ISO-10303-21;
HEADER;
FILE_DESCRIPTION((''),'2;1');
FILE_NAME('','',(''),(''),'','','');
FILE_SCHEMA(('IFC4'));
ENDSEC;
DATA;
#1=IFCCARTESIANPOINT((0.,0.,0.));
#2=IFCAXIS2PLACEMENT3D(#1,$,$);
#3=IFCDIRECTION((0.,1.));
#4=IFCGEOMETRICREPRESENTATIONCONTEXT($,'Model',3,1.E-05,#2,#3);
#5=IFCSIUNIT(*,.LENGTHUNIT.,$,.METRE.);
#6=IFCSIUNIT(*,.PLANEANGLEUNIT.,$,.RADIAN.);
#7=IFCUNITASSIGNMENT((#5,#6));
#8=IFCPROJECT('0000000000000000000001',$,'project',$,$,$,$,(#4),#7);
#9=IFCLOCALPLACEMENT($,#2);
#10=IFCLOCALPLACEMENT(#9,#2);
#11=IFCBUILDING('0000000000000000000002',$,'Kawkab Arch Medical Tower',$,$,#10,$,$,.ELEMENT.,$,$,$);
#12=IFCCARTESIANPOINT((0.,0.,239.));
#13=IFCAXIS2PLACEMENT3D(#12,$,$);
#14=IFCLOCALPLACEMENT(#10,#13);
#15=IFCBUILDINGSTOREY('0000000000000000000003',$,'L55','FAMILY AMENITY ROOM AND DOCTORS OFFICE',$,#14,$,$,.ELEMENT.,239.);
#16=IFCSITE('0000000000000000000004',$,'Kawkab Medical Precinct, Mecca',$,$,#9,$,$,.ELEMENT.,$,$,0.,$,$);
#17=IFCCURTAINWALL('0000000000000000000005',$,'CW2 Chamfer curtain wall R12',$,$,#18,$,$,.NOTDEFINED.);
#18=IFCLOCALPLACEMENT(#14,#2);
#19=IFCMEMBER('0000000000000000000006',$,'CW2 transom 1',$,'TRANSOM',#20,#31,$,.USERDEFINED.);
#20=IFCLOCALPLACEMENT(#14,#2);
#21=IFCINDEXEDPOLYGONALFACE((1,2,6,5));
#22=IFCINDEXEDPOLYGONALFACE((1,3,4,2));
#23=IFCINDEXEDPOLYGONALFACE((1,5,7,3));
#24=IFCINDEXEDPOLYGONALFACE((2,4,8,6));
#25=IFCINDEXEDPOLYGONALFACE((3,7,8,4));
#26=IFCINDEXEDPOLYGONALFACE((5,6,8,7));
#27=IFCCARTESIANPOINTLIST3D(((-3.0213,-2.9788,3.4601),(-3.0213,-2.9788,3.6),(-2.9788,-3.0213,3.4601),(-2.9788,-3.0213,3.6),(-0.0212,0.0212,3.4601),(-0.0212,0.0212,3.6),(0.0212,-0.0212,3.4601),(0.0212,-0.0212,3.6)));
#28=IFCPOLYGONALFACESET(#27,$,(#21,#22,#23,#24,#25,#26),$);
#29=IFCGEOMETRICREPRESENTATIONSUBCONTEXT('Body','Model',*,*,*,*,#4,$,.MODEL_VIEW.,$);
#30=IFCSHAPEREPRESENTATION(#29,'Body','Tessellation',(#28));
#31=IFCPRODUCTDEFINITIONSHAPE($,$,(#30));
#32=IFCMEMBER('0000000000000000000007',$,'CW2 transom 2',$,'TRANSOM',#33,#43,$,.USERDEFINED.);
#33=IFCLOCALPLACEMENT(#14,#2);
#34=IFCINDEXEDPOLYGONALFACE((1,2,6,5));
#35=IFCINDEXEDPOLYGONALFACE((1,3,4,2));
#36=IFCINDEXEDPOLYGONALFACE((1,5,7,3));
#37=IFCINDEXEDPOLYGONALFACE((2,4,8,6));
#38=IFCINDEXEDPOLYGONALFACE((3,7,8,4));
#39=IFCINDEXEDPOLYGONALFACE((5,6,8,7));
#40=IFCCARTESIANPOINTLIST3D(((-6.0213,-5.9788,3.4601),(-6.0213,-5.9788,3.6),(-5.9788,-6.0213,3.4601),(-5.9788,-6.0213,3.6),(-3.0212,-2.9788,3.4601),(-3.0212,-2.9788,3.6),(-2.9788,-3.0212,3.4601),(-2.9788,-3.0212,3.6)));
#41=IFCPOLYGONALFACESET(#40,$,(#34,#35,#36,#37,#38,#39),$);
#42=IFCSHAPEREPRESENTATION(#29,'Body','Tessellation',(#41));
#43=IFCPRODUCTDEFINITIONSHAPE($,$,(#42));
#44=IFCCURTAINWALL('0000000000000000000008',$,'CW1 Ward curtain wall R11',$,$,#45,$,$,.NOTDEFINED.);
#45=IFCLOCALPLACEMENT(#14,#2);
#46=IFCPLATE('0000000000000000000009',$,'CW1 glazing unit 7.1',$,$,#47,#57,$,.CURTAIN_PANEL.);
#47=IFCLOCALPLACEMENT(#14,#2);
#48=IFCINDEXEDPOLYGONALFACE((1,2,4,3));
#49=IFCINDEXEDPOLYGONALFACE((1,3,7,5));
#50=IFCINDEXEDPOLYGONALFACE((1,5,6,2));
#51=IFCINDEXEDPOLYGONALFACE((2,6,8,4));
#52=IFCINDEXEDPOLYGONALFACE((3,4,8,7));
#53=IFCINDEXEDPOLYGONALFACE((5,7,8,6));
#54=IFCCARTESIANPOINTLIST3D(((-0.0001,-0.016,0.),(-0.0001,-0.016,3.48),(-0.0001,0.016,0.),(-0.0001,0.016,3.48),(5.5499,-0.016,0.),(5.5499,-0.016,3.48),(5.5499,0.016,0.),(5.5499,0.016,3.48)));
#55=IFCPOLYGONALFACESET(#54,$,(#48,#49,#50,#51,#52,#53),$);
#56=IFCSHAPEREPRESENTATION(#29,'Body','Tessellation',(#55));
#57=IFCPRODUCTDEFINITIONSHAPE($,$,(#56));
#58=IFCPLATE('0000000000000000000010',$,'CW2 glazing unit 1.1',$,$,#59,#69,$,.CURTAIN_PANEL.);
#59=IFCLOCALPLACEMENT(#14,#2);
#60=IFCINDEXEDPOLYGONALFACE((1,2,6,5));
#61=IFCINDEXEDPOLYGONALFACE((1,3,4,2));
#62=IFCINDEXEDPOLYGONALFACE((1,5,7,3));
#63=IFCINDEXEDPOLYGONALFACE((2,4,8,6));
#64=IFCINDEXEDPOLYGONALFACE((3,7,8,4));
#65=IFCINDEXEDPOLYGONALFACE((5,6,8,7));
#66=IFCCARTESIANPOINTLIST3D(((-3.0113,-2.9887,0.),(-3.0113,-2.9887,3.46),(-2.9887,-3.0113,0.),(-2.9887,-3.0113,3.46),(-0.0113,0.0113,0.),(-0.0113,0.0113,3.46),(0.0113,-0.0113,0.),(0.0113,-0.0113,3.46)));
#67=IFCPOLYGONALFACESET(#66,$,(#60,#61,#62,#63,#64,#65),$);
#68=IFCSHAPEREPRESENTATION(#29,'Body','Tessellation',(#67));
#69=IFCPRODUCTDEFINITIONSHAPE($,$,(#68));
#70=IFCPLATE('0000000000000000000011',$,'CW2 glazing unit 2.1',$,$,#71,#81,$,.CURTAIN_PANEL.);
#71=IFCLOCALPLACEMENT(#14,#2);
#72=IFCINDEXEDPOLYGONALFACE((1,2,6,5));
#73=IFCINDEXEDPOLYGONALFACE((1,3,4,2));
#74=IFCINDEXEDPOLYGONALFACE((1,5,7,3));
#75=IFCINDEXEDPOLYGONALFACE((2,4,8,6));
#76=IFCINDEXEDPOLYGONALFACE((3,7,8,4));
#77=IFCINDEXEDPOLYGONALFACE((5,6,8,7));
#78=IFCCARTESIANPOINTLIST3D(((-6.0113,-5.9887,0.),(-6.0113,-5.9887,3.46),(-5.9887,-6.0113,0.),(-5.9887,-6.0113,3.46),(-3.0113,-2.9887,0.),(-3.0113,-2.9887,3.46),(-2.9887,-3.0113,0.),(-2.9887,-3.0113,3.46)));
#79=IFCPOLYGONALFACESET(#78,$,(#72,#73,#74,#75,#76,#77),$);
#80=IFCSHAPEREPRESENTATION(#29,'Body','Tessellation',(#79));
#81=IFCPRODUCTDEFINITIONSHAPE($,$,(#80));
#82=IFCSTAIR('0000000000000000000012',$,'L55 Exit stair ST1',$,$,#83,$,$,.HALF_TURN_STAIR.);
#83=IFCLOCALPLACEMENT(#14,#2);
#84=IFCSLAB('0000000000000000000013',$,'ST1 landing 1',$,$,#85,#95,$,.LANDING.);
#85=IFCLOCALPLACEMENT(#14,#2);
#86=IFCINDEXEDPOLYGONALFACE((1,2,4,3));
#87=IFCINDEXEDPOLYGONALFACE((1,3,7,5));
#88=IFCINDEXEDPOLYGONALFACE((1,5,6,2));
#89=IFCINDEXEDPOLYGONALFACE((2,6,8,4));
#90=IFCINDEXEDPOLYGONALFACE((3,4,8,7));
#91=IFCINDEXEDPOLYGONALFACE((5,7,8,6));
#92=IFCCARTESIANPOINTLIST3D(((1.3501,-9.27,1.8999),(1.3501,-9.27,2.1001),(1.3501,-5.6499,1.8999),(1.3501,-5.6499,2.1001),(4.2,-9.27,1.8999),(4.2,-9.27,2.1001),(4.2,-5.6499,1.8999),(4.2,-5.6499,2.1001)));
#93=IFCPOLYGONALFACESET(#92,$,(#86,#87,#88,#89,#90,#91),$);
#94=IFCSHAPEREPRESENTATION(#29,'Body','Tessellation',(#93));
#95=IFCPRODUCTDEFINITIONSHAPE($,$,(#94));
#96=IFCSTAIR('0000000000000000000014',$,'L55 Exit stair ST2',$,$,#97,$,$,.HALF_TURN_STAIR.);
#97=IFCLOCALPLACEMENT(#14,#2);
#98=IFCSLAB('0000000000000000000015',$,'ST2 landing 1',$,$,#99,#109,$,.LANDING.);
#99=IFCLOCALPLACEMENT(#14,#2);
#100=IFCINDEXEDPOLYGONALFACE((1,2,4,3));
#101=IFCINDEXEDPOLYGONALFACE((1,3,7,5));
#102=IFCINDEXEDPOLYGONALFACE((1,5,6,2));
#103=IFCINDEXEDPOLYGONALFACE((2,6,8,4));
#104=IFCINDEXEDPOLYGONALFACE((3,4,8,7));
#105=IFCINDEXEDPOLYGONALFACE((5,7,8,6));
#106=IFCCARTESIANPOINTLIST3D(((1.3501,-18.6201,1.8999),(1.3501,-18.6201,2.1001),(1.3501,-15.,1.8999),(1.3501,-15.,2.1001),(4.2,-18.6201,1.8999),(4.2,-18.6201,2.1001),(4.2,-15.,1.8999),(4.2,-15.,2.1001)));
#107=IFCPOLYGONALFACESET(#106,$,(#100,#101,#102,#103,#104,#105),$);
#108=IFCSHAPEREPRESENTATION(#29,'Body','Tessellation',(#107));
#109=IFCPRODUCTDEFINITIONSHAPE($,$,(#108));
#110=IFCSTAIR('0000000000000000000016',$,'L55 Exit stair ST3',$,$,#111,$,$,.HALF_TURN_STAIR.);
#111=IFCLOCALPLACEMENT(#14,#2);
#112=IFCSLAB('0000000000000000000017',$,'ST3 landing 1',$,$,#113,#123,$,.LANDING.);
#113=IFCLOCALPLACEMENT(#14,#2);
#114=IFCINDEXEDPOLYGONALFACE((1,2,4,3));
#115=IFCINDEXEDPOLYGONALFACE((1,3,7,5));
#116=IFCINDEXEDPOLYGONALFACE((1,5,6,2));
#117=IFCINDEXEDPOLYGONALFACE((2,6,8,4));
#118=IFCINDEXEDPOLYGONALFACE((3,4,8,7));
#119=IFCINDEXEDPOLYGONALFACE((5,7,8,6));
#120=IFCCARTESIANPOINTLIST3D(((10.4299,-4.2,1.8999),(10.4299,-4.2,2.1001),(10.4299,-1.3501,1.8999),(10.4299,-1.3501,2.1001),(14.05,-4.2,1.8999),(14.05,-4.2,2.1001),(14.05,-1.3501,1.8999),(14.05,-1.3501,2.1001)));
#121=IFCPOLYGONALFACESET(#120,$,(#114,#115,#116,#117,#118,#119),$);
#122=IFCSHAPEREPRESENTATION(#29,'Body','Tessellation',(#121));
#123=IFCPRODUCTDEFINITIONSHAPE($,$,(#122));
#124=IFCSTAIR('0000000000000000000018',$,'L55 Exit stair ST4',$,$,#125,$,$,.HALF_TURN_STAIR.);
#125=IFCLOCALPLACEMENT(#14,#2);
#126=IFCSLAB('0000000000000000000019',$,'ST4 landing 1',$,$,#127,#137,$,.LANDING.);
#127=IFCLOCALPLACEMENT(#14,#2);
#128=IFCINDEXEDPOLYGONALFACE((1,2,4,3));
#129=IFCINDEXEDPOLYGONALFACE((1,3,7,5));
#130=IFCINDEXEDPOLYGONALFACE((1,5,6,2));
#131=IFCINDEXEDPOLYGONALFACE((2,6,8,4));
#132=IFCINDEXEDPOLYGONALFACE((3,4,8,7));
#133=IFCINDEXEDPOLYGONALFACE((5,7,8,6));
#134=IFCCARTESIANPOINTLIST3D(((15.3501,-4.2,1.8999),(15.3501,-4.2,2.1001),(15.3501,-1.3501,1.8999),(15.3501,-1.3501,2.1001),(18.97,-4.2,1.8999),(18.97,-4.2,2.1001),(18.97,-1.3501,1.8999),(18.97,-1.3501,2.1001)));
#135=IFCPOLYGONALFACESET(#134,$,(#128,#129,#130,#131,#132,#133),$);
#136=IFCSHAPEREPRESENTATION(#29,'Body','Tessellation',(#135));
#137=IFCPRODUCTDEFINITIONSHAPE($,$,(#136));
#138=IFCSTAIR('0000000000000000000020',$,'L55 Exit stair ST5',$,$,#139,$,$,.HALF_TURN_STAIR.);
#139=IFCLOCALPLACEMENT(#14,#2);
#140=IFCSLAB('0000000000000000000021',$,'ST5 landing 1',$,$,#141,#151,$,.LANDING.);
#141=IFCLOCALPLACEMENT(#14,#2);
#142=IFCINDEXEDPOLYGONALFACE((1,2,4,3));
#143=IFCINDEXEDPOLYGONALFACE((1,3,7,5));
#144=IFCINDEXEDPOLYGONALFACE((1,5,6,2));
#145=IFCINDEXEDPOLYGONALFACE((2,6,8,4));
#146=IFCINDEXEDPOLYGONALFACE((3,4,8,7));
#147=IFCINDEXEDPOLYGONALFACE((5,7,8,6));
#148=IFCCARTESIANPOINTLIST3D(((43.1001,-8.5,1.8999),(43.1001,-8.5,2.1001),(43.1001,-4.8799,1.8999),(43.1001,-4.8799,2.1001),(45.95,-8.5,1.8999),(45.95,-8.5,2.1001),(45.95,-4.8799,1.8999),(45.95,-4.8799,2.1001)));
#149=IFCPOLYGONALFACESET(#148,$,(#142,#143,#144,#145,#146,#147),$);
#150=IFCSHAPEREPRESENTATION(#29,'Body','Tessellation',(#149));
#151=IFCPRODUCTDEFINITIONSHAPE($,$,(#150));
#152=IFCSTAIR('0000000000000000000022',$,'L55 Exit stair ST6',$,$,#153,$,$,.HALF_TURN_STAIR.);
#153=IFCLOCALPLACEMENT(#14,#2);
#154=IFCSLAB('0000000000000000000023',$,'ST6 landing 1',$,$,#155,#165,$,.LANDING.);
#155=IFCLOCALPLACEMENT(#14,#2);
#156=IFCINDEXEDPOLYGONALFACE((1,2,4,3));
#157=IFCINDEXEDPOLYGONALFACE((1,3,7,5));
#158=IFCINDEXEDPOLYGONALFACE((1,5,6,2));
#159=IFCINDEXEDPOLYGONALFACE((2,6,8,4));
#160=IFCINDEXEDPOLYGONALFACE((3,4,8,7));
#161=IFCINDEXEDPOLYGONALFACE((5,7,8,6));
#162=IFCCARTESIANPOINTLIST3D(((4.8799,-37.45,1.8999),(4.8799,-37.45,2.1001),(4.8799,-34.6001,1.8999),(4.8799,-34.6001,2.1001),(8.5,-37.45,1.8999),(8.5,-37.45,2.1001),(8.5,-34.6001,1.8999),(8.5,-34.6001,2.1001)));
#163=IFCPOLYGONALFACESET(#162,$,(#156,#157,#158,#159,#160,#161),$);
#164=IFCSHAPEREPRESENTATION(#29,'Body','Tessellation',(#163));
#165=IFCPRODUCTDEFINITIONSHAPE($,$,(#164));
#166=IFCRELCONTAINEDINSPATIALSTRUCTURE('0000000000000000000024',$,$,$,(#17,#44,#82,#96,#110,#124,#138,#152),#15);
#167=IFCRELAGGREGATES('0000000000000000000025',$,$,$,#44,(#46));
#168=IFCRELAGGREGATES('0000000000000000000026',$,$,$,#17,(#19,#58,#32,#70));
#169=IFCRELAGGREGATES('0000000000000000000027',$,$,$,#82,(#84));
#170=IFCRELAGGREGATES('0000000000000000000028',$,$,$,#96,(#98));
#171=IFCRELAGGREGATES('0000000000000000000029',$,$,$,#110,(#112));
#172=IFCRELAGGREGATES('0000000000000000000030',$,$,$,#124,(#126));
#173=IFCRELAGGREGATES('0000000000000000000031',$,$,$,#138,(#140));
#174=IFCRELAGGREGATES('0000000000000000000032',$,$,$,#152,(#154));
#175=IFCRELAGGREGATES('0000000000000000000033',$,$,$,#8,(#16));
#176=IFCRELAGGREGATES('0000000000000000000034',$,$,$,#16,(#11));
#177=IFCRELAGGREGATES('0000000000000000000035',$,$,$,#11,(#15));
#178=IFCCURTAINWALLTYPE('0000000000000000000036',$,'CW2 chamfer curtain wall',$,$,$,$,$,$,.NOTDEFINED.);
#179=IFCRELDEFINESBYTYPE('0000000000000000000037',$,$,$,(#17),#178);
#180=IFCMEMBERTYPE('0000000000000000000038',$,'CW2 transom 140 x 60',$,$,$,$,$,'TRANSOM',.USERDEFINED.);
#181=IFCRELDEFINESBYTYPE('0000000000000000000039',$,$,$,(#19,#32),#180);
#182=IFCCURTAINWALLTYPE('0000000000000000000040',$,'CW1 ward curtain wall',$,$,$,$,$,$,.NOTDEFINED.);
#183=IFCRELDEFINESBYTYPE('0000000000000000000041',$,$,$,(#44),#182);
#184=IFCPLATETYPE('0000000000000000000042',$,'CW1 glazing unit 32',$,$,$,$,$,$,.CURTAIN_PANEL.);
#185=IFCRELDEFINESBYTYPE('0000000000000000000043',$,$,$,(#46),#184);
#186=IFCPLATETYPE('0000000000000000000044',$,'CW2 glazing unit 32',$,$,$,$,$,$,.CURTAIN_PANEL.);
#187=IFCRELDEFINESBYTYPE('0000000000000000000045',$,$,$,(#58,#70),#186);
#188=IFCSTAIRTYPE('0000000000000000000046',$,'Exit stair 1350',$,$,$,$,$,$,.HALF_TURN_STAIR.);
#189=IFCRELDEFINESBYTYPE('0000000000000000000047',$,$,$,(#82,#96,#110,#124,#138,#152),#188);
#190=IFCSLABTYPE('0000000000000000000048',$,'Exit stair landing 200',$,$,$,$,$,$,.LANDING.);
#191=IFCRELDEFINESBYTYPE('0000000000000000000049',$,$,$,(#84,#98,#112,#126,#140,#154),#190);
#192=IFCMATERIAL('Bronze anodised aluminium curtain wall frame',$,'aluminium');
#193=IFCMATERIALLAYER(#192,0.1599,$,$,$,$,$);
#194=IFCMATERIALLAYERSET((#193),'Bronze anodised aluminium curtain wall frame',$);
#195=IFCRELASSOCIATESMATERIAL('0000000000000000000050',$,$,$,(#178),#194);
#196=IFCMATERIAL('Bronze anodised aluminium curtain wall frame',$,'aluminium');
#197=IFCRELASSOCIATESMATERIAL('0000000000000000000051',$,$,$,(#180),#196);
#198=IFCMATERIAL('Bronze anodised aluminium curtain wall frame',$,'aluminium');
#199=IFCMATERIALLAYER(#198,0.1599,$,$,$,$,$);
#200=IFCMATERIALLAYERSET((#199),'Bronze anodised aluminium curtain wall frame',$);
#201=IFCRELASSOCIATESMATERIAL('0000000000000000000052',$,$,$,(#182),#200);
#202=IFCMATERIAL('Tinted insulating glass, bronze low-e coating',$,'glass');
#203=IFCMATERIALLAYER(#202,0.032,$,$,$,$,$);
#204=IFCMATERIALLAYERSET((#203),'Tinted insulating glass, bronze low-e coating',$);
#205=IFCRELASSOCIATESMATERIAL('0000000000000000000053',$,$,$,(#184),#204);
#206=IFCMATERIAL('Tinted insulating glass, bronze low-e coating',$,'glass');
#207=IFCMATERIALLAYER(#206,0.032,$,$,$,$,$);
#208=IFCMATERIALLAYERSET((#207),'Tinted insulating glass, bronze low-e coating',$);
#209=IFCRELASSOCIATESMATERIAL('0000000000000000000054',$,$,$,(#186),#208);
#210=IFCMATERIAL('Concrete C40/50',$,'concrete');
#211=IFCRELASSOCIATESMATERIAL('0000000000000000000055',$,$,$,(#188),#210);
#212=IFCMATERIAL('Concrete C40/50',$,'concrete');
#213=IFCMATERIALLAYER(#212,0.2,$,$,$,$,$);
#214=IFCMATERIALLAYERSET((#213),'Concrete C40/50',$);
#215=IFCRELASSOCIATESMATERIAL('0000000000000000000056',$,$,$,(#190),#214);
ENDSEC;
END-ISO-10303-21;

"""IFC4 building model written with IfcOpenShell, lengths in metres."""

from ifc_helpers import new_model, si_unit, direction, frame, origin, origin_2d, place, context, subcontext, project, spatial, polyline, rectangle, outline, extrude, material, layer, layer_set, material_profile, profile_set, type_object, element, aggregate, save


model = new_model("IFC4")

# Units and contexts
model_context = context("Model", 3, precision=1e-05, world=origin(), true_north=direction((0.0, 1.0)))
body_context = subcontext(model_context, "Body", "Model", "MODEL_VIEW")
ifc_project = project(units=[si_unit("LENGTHUNIT", "METRE"), si_unit("PLANEANGLEUNIT", "RADIAN")], contexts=[model_context])

# Site, building, storey
site_placement = place(None, origin())
site = spatial("IfcSite", under=ifc_project, at=site_placement, Name="Kawkab Medical Precinct, Mecca", CompositionType="ELEMENT", RefElevation=0.0)
building_placement = place(site_placement, origin())
building = spatial("IfcBuilding", under=site, at=building_placement, Name="Kawkab Arch Medical Tower", CompositionType="ELEMENT")
storey_placement = place(building_placement, frame((0.0, 0.0, 239.0)))
storey = spatial("IfcBuildingStorey", under=building, at=storey_placement, Name="L55", Description="FAMILY AMENITY ROOM AND DOCTORS OFFICE", CompositionType="ELEMENT", Elevation=239.0)

# Curtain wall, members
ifc_material_1 = material(Name="Bronze anodised aluminium curtain wall frame", Category="aluminium")
ifc_layer_1 = layer(ifc_material_1, 0.1599)
ifc_layer_set_1 = layer_set([ifc_layer_1], Name="Bronze anodised aluminium curtain wall frame")
curtain_wall_type_1 = type_object("IfcCurtainWallType", Name="CW2 chamfer curtain wall", PredefinedType="NOTDEFINED", material=ifc_layer_set_1)
placement_1 = place(storey_placement, origin())
curtain_wall_1 = element("IfcCurtainWall", 1, at=placement_1, inside=storey, type_object=curtain_wall_type_1, Name="CW2 Chamfer curtain wall R12", PredefinedType="NOTDEFINED")
ifc_material_2 = material(Name="Bronze anodised aluminium curtain wall frame", Category="aluminium")
ifc_material_profile_1 = material_profile(ifc_material_2, rectangle(XDim=0.0601, YDim=0.1399, at=origin_2d()), Name="AL 60x140")
ifc_profile_set_1 = profile_set([ifc_material_profile_1], Name="Bronze anodised aluminium curtain wall frame")
member_type = type_object("IfcMemberType", Name="CW2 transom 140 x 60", ElementType="TRANSOM", PredefinedType="USERDEFINED", material=ifc_profile_set_1)
member_1_placement = place(storey_placement, frame((0.0, 0.0, 3.53), z_axis=(-0.707107, -0.707107, 0.0), x_axis=(0.707107, -0.707107, 0.0)))
member_1 = element("IfcMember", 2, at=member_1_placement, type_object=member_type, Name="CW2 transom 1", ObjectType="TRANSOM", PredefinedType="USERDEFINED", context=body_context, shape_type="SweptSolid", body=[
    extrude(rectangle(XDim=0.0601, YDim=0.1399, at=origin_2d()), origin(), (0.0, 0.0, 1.0), 4.2427),
])
member_2_placement = place(storey_placement, frame((-3.0, -3.0, 3.53), z_axis=(-0.707107, -0.707107, 0.0), x_axis=(0.707107, -0.707107, 0.0)))
member_2 = element("IfcMember", 3, at=member_2_placement, type_object=member_type, Name="CW2 transom 2", ObjectType="TRANSOM", PredefinedType="USERDEFINED", context=body_context, shape_type="SweptSolid", body=[
    extrude(rectangle(XDim=0.0601, YDim=0.1399, at=origin_2d()), origin(), (0.0, 0.0, 1.0), 4.2427),
])

# Curtain wall, plate
ifc_material_3 = material(Name="Bronze anodised aluminium curtain wall frame", Category="aluminium")
ifc_layer_2 = layer(ifc_material_3, 0.1599)
ifc_layer_set_2 = layer_set([ifc_layer_2], Name="Bronze anodised aluminium curtain wall frame")
curtain_wall_type_2 = type_object("IfcCurtainWallType", Name="CW1 ward curtain wall", PredefinedType="NOTDEFINED", material=ifc_layer_set_2)
curtain_wall_2 = element("IfcCurtainWall", 4, at=placement_1, inside=storey, type_object=curtain_wall_type_2, Name="CW1 Ward curtain wall R11", PredefinedType="NOTDEFINED")
ifc_material_4 = material(Name="Tinted insulating glass, bronze low-e coating", Category="glass")
ifc_layer_3 = layer(ifc_material_4, 0.032)
ifc_layer_set_3 = layer_set([ifc_layer_3], Name="Tinted insulating glass, bronze low-e coating")
plate_type_1 = type_object("IfcPlateType", Name="CW1 glazing unit 32", PredefinedType="CURTAIN_PANEL", material=ifc_layer_set_3)
plate_1_placement = place(storey_placement, frame((2.7749, 0.0, 0.0), z_axis=(0.0, 0.0, 1.0), x_axis=(-1.0, 0.0, 0.0)))
plate_1 = element("IfcPlate", 5, at=plate_1_placement, type_object=plate_type_1, Name="CW1 glazing unit 7.1", PredefinedType="CURTAIN_PANEL", context=body_context, shape_type="SweptSolid", body=[
    extrude(rectangle(XDim=5.55, YDim=0.032, at=origin_2d()), origin(), (0.0, 0.0, 1.0), 3.48),
])
aggregate(curtain_wall_2, [plate_1])

# Plates
ifc_material_5 = material(Name="Tinted insulating glass, bronze low-e coating", Category="glass")
ifc_layer_4 = layer(ifc_material_5, 0.032)
ifc_layer_set_4 = layer_set([ifc_layer_4], Name="Tinted insulating glass, bronze low-e coating")
plate_type_2 = type_object("IfcPlateType", Name="CW2 glazing unit 32", PredefinedType="CURTAIN_PANEL", material=ifc_layer_set_4)
plate_2_placement = place(storey_placement, frame((-1.5, -1.5, 0.0), z_axis=(0.0, 0.0, 1.0), x_axis=(-0.707107, -0.707107, 0.0)))
plate_2 = element("IfcPlate", 6, at=plate_2_placement, type_object=plate_type_2, Name="CW2 glazing unit 1.1", PredefinedType="CURTAIN_PANEL", context=body_context, shape_type="SweptSolid", body=[
    extrude(rectangle(XDim=4.2427, YDim=0.032, at=origin_2d()), origin(), (0.0, 0.0, 1.0), 3.46),
])
plate_3_placement = place(storey_placement, frame((-4.5, -4.5, 0.0), z_axis=(0.0, 0.0, 1.0), x_axis=(-0.707107, -0.707107, 0.0)))
plate_3 = element("IfcPlate", 7, at=plate_3_placement, type_object=plate_type_2, Name="CW2 glazing unit 2.1", PredefinedType="CURTAIN_PANEL", context=body_context, shape_type="SweptSolid", body=[
    extrude(rectangle(XDim=4.2427, YDim=0.032, at=origin_2d()), origin(), (0.0, 0.0, 1.0), 3.46),
])
aggregate(curtain_wall_1, [member_1, plate_2, member_2, plate_3])

# Stairs, slabs
ifc_material_6 = material(Name="Concrete C40/50", Category="concrete")
stair_type = type_object("IfcStairType", Name="Exit stair 1350", PredefinedType="HALF_TURN_STAIR", material=ifc_material_6)
stair_1 = element("IfcStair", 8, at=placement_1, inside=storey, type_object=stair_type, Name="L55 Exit stair ST1", PredefinedType="HALF_TURN_STAIR")
ifc_material_7 = material(Name="Concrete C40/50", Category="concrete")
ifc_layer_5 = layer(ifc_material_7, 0.2)
ifc_layer_set_5 = layer_set([ifc_layer_5], Name="Concrete C40/50")
slab_type_1 = type_object("IfcSlabType", Name="Exit stair landing 200", PredefinedType="LANDING", material=ifc_layer_set_5)
placement_2 = place(storey_placement, frame((0.0, 0.0, 1.8999)))
slab_1 = element("IfcSlab", 9, at=placement_2, type_object=slab_type_1, Name="ST1 landing 1", PredefinedType="LANDING", context=body_context, shape_type="SweptSolid", body=[
    extrude(outline(polyline([(4.2, -9.27), (4.2, -5.6499), (1.3501, -5.6499), (1.3501, -9.27), (4.2, -9.27)])), origin(), (0.0, 0.0, 1.0), 0.2002),
])
aggregate(stair_1, [slab_1])
stair_2 = element("IfcStair", 10, at=placement_1, inside=storey, type_object=stair_type, Name="L55 Exit stair ST2", PredefinedType="HALF_TURN_STAIR")
slab_2 = element("IfcSlab", 11, at=placement_2, type_object=slab_type_1, Name="ST2 landing 1", PredefinedType="LANDING", context=body_context, shape_type="SweptSolid", body=[
    extrude(outline(polyline([(4.2, -18.6201), (4.2, -15.0), (1.3501, -15.0), (1.3501, -18.6201), (4.2, -18.6201)])), origin(), (0.0, 0.0, 1.0), 0.2002),
])
aggregate(stair_2, [slab_2])
stair_3 = element("IfcStair", 12, at=placement_1, inside=storey, type_object=stair_type, Name="L55 Exit stair ST3", PredefinedType="HALF_TURN_STAIR")
slab_3 = element("IfcSlab", 13, at=placement_2, type_object=slab_type_1, Name="ST3 landing 1", PredefinedType="LANDING", context=body_context, shape_type="SweptSolid", body=[
    extrude(outline(polyline([(10.4299, -4.2), (14.05, -4.2), (14.05, -1.3501), (10.4299, -1.3501), (10.4299, -4.2)])), origin(), (0.0, 0.0, 1.0), 0.2002),
])
aggregate(stair_3, [slab_3])
stair_4 = element("IfcStair", 14, at=placement_1, inside=storey, type_object=stair_type, Name="L55 Exit stair ST4", PredefinedType="HALF_TURN_STAIR")
slab_4 = element("IfcSlab", 15, at=placement_2, type_object=slab_type_1, Name="ST4 landing 1", PredefinedType="LANDING", context=body_context, shape_type="SweptSolid", body=[
    extrude(outline(polyline([(18.97, -1.3501), (15.3501, -1.3501), (15.3501, -4.2), (18.97, -4.2), (18.97, -1.3501)])), origin(), (0.0, 0.0, 1.0), 0.2002),
])
aggregate(stair_4, [slab_4])
stair_5 = element("IfcStair", 16, at=placement_1, inside=storey, type_object=stair_type, Name="L55 Exit stair ST5", PredefinedType="HALF_TURN_STAIR")
slab_5 = element("IfcSlab", 17, at=placement_2, type_object=slab_type_1, Name="ST5 landing 1", PredefinedType="LANDING", context=body_context, shape_type="SweptSolid", body=[
    extrude(outline(polyline([(43.1001, -4.8799), (43.1001, -8.5), (45.95, -8.5), (45.95, -4.8799), (43.1001, -4.8799)])), origin(), (0.0, 0.0, 1.0), 0.2002),
])
aggregate(stair_5, [slab_5])
stair_6 = element("IfcStair", 18, at=placement_1, inside=storey, type_object=stair_type, Name="L55 Exit stair ST6", PredefinedType="HALF_TURN_STAIR")
slab_6 = element("IfcSlab", 19, at=placement_2, type_object=slab_type_1, Name="ST6 landing 1", PredefinedType="LANDING", context=body_context, shape_type="SweptSolid", body=[
    extrude(outline(polyline([(4.8799, -37.45), (8.5, -37.45), (8.5, -34.6001), (4.8799, -34.6001), (4.8799, -37.45)])), origin(), (0.0, 0.0, 1.0), 0.2002),
])
aggregate(stair_6, [slab_6])

save(model, "model.ifc")
